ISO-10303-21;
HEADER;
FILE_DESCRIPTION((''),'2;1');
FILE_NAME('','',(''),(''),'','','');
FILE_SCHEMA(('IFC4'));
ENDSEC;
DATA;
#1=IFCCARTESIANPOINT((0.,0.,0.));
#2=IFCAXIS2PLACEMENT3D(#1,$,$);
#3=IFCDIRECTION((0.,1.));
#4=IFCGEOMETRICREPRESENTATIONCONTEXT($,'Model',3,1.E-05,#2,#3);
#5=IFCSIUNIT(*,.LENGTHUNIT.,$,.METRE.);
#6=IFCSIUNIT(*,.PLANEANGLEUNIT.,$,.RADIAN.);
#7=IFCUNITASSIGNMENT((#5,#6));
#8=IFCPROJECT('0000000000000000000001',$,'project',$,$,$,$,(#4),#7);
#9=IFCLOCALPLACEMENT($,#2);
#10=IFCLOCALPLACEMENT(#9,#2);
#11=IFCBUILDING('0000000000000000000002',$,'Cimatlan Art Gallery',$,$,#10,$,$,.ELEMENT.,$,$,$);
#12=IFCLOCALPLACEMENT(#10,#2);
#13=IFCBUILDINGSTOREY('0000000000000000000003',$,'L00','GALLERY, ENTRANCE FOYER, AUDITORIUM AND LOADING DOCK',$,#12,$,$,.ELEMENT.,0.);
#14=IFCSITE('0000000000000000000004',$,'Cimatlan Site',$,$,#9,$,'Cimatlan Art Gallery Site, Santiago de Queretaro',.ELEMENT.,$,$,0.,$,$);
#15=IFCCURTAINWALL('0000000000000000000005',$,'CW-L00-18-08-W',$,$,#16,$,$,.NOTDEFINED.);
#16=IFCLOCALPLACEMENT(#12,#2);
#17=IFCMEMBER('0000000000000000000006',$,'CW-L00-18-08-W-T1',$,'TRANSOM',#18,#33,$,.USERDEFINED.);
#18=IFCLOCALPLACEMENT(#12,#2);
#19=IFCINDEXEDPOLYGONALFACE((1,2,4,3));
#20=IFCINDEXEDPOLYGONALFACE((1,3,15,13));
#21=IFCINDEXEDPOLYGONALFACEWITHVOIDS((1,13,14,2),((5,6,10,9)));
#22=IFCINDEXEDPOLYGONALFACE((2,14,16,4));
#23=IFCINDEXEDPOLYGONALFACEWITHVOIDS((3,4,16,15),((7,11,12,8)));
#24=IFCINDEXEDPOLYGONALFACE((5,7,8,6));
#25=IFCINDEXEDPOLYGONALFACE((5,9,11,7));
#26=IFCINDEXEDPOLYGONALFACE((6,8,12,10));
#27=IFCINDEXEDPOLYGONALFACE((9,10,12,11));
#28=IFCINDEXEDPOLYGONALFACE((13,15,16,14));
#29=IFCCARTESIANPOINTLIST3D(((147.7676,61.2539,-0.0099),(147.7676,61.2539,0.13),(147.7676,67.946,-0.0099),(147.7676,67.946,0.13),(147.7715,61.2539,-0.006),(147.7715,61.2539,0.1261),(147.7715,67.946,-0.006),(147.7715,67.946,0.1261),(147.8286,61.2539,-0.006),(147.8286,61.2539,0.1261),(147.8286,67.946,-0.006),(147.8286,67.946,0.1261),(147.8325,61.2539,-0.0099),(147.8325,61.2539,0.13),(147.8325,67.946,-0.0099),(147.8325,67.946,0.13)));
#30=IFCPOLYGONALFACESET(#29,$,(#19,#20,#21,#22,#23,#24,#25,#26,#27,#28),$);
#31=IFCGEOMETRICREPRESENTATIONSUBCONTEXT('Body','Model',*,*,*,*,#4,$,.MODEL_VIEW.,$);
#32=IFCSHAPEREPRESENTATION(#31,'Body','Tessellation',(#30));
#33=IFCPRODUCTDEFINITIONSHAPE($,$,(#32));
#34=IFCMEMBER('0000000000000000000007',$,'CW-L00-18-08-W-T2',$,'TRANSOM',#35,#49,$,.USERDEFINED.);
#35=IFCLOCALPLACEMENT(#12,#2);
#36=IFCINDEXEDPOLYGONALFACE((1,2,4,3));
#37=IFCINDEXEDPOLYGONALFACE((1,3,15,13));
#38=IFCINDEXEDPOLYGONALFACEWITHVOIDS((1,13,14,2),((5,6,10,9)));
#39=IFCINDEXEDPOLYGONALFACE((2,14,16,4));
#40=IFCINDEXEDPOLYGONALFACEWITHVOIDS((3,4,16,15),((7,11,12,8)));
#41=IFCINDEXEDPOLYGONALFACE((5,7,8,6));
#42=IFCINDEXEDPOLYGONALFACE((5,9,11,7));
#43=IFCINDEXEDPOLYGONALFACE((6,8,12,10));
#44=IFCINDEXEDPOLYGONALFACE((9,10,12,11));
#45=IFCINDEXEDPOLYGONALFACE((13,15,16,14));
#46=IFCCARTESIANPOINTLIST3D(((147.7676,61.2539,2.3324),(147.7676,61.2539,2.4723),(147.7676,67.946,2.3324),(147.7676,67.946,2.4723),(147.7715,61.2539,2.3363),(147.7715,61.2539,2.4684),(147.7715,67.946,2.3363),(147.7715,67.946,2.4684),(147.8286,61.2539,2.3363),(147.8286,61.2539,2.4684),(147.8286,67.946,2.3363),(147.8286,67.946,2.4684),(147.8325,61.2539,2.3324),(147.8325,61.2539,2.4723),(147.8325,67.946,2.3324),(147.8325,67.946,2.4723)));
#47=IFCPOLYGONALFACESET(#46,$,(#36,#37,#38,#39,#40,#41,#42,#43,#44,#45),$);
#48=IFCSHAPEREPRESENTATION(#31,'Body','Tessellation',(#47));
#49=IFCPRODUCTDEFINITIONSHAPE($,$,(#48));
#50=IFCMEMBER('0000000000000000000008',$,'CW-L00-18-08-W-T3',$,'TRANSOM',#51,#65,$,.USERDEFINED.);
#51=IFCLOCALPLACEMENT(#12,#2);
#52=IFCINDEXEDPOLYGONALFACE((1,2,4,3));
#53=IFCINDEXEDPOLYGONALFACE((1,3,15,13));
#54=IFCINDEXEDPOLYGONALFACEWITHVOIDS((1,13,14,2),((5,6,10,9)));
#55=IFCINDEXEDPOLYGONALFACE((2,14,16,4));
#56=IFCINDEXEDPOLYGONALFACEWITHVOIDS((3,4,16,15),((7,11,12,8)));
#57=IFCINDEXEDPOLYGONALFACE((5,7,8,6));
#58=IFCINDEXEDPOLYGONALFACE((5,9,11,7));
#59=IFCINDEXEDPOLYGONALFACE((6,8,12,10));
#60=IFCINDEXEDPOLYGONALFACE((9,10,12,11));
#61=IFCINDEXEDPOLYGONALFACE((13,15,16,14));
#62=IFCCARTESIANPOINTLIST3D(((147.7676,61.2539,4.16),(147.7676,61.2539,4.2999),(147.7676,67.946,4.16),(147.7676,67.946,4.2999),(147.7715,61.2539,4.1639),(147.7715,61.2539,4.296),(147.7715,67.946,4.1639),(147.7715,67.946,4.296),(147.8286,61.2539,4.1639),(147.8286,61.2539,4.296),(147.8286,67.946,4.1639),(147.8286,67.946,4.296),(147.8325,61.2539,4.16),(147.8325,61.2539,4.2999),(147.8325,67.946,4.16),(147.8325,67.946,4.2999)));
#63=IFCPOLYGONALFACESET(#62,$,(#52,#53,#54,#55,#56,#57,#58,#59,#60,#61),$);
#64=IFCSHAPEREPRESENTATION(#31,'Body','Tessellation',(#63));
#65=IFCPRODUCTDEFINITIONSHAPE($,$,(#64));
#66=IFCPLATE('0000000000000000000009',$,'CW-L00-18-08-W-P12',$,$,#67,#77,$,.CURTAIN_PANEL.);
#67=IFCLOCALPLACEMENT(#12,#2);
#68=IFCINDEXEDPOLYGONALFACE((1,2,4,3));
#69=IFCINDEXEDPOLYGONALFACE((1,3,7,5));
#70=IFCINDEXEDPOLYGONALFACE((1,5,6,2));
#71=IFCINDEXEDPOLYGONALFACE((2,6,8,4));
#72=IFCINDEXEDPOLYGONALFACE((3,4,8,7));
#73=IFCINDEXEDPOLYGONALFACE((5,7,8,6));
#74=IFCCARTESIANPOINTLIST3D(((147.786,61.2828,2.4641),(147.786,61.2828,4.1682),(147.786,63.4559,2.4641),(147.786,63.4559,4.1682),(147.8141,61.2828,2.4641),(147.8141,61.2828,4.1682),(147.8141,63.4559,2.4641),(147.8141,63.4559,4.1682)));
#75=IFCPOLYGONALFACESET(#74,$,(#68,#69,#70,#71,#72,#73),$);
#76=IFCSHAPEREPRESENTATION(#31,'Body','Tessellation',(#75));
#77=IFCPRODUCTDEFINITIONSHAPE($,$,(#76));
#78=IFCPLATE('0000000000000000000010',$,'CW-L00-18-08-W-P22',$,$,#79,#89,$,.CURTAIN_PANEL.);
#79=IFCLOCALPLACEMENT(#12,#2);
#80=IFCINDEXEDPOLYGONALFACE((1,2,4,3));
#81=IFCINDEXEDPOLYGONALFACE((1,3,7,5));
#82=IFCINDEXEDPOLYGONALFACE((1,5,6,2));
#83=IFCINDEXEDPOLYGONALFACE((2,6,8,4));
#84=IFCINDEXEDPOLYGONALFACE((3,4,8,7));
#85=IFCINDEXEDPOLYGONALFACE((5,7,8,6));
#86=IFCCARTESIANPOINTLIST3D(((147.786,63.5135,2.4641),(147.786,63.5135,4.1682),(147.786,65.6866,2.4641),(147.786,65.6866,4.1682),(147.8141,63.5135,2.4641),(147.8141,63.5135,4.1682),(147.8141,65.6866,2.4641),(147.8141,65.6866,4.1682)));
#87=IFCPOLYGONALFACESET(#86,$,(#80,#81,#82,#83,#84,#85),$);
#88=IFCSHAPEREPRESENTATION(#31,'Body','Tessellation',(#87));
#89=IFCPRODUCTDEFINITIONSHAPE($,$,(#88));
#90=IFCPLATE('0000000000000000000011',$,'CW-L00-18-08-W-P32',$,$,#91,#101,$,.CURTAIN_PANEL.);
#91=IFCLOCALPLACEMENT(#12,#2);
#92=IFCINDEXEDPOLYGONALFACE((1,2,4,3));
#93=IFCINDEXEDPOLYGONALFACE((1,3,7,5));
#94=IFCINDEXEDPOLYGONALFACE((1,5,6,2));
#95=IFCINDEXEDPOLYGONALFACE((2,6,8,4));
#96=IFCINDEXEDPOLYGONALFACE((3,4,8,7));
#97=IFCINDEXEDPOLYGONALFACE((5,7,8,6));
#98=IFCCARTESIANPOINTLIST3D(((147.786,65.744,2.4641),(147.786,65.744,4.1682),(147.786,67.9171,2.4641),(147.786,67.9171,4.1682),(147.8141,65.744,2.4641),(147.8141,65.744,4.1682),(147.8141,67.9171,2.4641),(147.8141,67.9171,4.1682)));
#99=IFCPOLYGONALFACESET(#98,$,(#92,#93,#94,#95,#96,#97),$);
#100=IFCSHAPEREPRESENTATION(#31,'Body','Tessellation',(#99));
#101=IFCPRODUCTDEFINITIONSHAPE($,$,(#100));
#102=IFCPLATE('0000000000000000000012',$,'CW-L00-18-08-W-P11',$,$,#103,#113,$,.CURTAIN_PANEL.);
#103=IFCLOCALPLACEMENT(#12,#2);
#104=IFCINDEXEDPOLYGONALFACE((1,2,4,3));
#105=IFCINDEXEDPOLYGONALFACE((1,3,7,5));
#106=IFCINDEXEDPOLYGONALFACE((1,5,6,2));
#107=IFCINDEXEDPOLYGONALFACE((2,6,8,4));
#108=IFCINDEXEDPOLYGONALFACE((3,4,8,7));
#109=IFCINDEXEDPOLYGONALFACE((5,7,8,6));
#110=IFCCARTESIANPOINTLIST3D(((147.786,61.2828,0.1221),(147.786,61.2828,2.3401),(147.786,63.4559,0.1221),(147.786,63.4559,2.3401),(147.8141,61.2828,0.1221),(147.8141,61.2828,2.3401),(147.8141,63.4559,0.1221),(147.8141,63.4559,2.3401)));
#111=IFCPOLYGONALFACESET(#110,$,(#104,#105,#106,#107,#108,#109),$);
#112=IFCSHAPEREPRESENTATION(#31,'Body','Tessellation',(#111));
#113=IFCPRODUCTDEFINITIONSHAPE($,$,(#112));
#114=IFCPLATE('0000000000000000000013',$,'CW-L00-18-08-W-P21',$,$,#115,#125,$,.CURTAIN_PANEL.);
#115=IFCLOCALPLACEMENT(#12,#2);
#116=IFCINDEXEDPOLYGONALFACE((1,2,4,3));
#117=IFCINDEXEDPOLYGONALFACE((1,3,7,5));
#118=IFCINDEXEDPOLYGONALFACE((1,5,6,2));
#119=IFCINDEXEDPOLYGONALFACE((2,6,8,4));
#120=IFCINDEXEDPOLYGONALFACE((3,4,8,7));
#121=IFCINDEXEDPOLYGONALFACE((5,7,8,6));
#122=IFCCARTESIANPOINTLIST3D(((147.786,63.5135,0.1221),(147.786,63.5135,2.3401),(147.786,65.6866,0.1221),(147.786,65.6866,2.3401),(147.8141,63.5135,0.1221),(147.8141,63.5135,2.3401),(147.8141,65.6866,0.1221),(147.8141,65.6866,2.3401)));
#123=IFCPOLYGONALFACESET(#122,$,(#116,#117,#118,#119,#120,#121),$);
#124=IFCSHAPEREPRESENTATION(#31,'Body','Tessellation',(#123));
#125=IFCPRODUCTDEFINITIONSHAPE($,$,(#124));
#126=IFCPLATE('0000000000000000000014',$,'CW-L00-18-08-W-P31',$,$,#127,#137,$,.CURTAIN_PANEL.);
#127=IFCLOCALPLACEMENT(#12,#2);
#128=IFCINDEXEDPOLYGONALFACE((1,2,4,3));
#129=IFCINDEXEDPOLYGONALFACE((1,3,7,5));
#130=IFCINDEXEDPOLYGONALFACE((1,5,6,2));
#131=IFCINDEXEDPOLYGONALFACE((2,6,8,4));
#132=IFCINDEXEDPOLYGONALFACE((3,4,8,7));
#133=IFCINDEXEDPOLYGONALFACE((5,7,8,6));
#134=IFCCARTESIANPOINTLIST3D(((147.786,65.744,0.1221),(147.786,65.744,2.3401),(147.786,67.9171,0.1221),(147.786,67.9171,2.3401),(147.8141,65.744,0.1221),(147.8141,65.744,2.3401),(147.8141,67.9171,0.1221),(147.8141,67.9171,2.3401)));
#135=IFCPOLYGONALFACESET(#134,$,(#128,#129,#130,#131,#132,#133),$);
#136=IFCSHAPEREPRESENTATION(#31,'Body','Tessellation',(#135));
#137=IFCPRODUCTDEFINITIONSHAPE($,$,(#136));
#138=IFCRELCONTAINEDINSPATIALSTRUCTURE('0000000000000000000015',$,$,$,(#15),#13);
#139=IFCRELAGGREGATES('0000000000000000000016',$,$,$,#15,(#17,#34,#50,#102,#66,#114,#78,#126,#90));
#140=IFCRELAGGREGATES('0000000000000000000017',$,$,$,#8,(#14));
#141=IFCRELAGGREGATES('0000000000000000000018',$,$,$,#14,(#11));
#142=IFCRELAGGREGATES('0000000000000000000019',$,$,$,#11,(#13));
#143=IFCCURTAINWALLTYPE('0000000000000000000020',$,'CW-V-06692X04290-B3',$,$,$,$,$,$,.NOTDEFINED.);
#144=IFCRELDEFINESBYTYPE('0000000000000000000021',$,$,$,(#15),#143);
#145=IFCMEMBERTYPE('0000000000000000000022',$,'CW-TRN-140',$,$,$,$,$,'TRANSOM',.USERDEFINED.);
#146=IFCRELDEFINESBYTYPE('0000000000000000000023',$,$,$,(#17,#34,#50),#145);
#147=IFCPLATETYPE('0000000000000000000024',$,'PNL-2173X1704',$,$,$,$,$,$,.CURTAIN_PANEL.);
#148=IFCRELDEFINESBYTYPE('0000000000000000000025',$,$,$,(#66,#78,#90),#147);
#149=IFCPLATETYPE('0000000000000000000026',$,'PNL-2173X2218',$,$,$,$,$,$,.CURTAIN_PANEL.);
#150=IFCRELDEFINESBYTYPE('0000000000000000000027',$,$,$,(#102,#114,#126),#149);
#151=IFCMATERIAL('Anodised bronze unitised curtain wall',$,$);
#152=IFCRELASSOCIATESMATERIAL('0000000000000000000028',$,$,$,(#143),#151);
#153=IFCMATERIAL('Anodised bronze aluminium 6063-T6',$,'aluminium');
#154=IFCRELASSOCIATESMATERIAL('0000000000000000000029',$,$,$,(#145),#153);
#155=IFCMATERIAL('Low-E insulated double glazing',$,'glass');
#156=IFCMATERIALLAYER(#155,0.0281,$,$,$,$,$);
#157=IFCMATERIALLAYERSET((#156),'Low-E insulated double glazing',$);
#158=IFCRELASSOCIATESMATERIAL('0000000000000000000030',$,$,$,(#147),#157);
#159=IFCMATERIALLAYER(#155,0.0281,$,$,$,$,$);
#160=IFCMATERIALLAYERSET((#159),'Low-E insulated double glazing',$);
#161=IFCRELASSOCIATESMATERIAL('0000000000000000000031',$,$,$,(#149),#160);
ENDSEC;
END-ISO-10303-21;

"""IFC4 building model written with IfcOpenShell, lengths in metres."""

from ifc_helpers import new_model, si_unit, direction, frame, origin, origin_2d, place, context, subcontext, project, spatial, rectangle, hollow_rectangle, extrude, material, layer, layer_set, material_profile, profile_set, type_object, element, aggregate, save


model = new_model("IFC4")

# Units and contexts
model_context = context("Model", 3, precision=1e-05, world=origin(), true_north=direction((0.0, 1.0)))
body_context = subcontext(model_context, "Body", "Model", "MODEL_VIEW")
ifc_project = project(units=[si_unit("LENGTHUNIT", "METRE"), si_unit("PLANEANGLEUNIT", "RADIAN")], contexts=[model_context])

# Site, building, storey
site_placement = place(None, origin())
site = spatial("IfcSite", under=ifc_project, at=site_placement, Name="Cimatlan Site", LongName="Cimatlan Art Gallery Site, Santiago de Queretaro", CompositionType="ELEMENT", RefElevation=0.0)
building_placement = place(site_placement, origin())
building = spatial("IfcBuilding", under=site, at=building_placement, Name="Cimatlan Art Gallery", CompositionType="ELEMENT")
storey_placement = place(building_placement, origin())
storey = spatial("IfcBuildingStorey", under=building, at=storey_placement, Name="L00", Description="GALLERY, ENTRANCE FOYER, AUDITORIUM AND LOADING DOCK", CompositionType="ELEMENT", Elevation=0.0)

# Curtain wall, members, plates
ifc_material_1 = material(Name="Anodised bronze unitised curtain wall")
curtain_wall_type = type_object("IfcCurtainWallType", Name="CW-V-06692X04290-B3", PredefinedType="NOTDEFINED", material=ifc_material_1)
curtain_wall_placement = place(storey_placement, origin())
curtain_wall = element("IfcCurtainWall", 1, at=curtain_wall_placement, inside=storey, type_object=curtain_wall_type, Name="CW-L00-18-08-W", PredefinedType="NOTDEFINED")
ifc_material_2 = material(Name="Anodised bronze aluminium 6063-T6", Category="aluminium")
ifc_material_profile_1 = material_profile(ifc_material_2, hollow_rectangle(XDim=0.0649, YDim=0.1399, WallThickness=0.0039, at=origin_2d()), Name="ALU65X140X4")
ifc_profile_set_1 = profile_set([ifc_material_profile_1], Name="Anodised bronze aluminium 6063-T6")
member_type_1 = type_object("IfcMemberType", Name="CW-TRN-140", ElementType="TRANSOM", PredefinedType="USERDEFINED", material=ifc_profile_set_1)
member_1_placement = place(storey_placement, frame((147.8, 61.2539, 0.0601), z_axis=(0.0, 1.0, 0.0), x_axis=(-1.0, 0.0, 0.0)))
member_1 = element("IfcMember", 2, at=member_1_placement, type_object=member_type_1, Name="CW-L00-18-08-W-T1", ObjectType="TRANSOM", PredefinedType="USERDEFINED", context=body_context, shape_type="SweptSolid", body=[
    extrude(hollow_rectangle(XDim=0.0649, YDim=0.1399, WallThickness=0.0039, at=origin_2d()), origin(), (0.0, 0.0, 1.0), 6.6921),
])
member_2_placement = place(storey_placement, frame((147.8, 61.2539, 2.4023), z_axis=(0.0, 1.0, 0.0), x_axis=(-1.0, 0.0, 0.0)))
member_2 = element("IfcMember", 3, at=member_2_placement, type_object=member_type_1, Name="CW-L00-18-08-W-T2", ObjectType="TRANSOM", PredefinedType="USERDEFINED", context=body_context, shape_type="SweptSolid", body=[
    extrude(hollow_rectangle(XDim=0.0649, YDim=0.1399, WallThickness=0.0039, at=origin_2d()), origin(), (0.0, 0.0, 1.0), 6.6921),
])
member_3_placement = place(storey_placement, frame((147.8, 61.2539, 4.23), z_axis=(0.0, 1.0, 0.0), x_axis=(-1.0, 0.0, 0.0)))
member_3 = element("IfcMember", 4, at=member_3_placement, type_object=member_type_1, Name="CW-L00-18-08-W-T3", ObjectType="TRANSOM", PredefinedType="USERDEFINED", context=body_context, shape_type="SweptSolid", body=[
    extrude(hollow_rectangle(XDim=0.0649, YDim=0.1399, WallThickness=0.0039, at=origin_2d()), origin(), (0.0, 0.0, 1.0), 6.6921),
])
ifc_material_3 = material(Name="Low-E insulated double glazing", Category="glass")
ifc_layer_1 = layer(ifc_material_3, 0.0281)
ifc_layer_set_1 = layer_set([ifc_layer_1], Name="Low-E insulated double glazing")
plate_type_1 = type_object("IfcPlateType", Name="PNL-2173X1704", PredefinedType="CURTAIN_PANEL", material=ifc_layer_set_1)
plate_1_placement = place(storey_placement, frame((147.8, 62.3694, 2.4641), z_axis=(0.0, 0.0, 1.0), x_axis=(0.0, 1.0, 0.0)))
plate_1 = element("IfcPlate", 5, at=plate_1_placement, type_object=plate_type_1, Name="CW-L00-18-08-W-P12", PredefinedType="CURTAIN_PANEL", context=body_context, shape_type="SweptSolid", body=[
    extrude(rectangle(XDim=2.1731, YDim=0.0281, at=origin_2d()), origin(), (0.0, 0.0, 1.0), 1.7041),
])
plate_2_placement = place(storey_placement, frame((147.8, 64.6001, 2.4641), z_axis=(0.0, 0.0, 1.0), x_axis=(0.0, 1.0, 0.0)))
plate_2 = element("IfcPlate", 6, at=plate_2_placement, type_object=plate_type_1, Name="CW-L00-18-08-W-P22", PredefinedType="CURTAIN_PANEL", context=body_context, shape_type="SweptSolid", body=[
    extrude(rectangle(XDim=2.1731, YDim=0.0281, at=origin_2d()), origin(), (0.0, 0.0, 1.0), 1.7041),
])
plate_3_placement = place(storey_placement, frame((147.8, 66.8306, 2.4641), z_axis=(0.0, 0.0, 1.0), x_axis=(0.0, 1.0, 0.0)))
plate_3 = element("IfcPlate", 7, at=plate_3_placement, type_object=plate_type_1, Name="CW-L00-18-08-W-P32", PredefinedType="CURTAIN_PANEL", context=body_context, shape_type="SweptSolid", body=[
    extrude(rectangle(XDim=2.1731, YDim=0.0281, at=origin_2d()), origin(), (0.0, 0.0, 1.0), 1.7041),
])
ifc_layer_2 = layer(ifc_material_3, 0.0281)
ifc_layer_set_2 = layer_set([ifc_layer_2], Name="Low-E insulated double glazing")
plate_type_2 = type_object("IfcPlateType", Name="PNL-2173X2218", PredefinedType="CURTAIN_PANEL", material=ifc_layer_set_2)
plate_4_placement = place(storey_placement, frame((147.8, 62.3694, 0.1221), z_axis=(0.0, 0.0, 1.0), x_axis=(0.0, 1.0, 0.0)))
plate_4 = element("IfcPlate", 8, at=plate_4_placement, type_object=plate_type_2, Name="CW-L00-18-08-W-P11", PredefinedType="CURTAIN_PANEL", context=body_context, shape_type="SweptSolid", body=[
    extrude(rectangle(XDim=2.1731, YDim=0.0281, at=origin_2d()), origin(), (0.0, 0.0, 1.0), 2.218),
])
plate_5_placement = place(storey_placement, frame((147.8, 64.6001, 0.1221), z_axis=(0.0, 0.0, 1.0), x_axis=(0.0, 1.0, 0.0)))
plate_5 = element("IfcPlate", 9, at=plate_5_placement, type_object=plate_type_2, Name="CW-L00-18-08-W-P21", PredefinedType="CURTAIN_PANEL", context=body_context, shape_type="SweptSolid", body=[
    extrude(rectangle(XDim=2.1731, YDim=0.0281, at=origin_2d()), origin(), (0.0, 0.0, 1.0), 2.218),
])
plate_6_placement = place(storey_placement, frame((147.8, 66.8306, 0.1221), z_axis=(0.0, 0.0, 1.0), x_axis=(0.0, 1.0, 0.0)))
plate_6 = element("IfcPlate", 10, at=plate_6_placement, type_object=plate_type_2, Name="CW-L00-18-08-W-P31", PredefinedType="CURTAIN_PANEL", context=body_context, shape_type="SweptSolid", body=[
    extrude(rectangle(XDim=2.1731, YDim=0.0281, at=origin_2d()), origin(), (0.0, 0.0, 1.0), 2.218),
])
aggregate(curtain_wall, [member_1, member_2, member_3, plate_4, plate_1, plate_5, plate_2, plate_6, plate_3])

save(model, "model.ifc")
